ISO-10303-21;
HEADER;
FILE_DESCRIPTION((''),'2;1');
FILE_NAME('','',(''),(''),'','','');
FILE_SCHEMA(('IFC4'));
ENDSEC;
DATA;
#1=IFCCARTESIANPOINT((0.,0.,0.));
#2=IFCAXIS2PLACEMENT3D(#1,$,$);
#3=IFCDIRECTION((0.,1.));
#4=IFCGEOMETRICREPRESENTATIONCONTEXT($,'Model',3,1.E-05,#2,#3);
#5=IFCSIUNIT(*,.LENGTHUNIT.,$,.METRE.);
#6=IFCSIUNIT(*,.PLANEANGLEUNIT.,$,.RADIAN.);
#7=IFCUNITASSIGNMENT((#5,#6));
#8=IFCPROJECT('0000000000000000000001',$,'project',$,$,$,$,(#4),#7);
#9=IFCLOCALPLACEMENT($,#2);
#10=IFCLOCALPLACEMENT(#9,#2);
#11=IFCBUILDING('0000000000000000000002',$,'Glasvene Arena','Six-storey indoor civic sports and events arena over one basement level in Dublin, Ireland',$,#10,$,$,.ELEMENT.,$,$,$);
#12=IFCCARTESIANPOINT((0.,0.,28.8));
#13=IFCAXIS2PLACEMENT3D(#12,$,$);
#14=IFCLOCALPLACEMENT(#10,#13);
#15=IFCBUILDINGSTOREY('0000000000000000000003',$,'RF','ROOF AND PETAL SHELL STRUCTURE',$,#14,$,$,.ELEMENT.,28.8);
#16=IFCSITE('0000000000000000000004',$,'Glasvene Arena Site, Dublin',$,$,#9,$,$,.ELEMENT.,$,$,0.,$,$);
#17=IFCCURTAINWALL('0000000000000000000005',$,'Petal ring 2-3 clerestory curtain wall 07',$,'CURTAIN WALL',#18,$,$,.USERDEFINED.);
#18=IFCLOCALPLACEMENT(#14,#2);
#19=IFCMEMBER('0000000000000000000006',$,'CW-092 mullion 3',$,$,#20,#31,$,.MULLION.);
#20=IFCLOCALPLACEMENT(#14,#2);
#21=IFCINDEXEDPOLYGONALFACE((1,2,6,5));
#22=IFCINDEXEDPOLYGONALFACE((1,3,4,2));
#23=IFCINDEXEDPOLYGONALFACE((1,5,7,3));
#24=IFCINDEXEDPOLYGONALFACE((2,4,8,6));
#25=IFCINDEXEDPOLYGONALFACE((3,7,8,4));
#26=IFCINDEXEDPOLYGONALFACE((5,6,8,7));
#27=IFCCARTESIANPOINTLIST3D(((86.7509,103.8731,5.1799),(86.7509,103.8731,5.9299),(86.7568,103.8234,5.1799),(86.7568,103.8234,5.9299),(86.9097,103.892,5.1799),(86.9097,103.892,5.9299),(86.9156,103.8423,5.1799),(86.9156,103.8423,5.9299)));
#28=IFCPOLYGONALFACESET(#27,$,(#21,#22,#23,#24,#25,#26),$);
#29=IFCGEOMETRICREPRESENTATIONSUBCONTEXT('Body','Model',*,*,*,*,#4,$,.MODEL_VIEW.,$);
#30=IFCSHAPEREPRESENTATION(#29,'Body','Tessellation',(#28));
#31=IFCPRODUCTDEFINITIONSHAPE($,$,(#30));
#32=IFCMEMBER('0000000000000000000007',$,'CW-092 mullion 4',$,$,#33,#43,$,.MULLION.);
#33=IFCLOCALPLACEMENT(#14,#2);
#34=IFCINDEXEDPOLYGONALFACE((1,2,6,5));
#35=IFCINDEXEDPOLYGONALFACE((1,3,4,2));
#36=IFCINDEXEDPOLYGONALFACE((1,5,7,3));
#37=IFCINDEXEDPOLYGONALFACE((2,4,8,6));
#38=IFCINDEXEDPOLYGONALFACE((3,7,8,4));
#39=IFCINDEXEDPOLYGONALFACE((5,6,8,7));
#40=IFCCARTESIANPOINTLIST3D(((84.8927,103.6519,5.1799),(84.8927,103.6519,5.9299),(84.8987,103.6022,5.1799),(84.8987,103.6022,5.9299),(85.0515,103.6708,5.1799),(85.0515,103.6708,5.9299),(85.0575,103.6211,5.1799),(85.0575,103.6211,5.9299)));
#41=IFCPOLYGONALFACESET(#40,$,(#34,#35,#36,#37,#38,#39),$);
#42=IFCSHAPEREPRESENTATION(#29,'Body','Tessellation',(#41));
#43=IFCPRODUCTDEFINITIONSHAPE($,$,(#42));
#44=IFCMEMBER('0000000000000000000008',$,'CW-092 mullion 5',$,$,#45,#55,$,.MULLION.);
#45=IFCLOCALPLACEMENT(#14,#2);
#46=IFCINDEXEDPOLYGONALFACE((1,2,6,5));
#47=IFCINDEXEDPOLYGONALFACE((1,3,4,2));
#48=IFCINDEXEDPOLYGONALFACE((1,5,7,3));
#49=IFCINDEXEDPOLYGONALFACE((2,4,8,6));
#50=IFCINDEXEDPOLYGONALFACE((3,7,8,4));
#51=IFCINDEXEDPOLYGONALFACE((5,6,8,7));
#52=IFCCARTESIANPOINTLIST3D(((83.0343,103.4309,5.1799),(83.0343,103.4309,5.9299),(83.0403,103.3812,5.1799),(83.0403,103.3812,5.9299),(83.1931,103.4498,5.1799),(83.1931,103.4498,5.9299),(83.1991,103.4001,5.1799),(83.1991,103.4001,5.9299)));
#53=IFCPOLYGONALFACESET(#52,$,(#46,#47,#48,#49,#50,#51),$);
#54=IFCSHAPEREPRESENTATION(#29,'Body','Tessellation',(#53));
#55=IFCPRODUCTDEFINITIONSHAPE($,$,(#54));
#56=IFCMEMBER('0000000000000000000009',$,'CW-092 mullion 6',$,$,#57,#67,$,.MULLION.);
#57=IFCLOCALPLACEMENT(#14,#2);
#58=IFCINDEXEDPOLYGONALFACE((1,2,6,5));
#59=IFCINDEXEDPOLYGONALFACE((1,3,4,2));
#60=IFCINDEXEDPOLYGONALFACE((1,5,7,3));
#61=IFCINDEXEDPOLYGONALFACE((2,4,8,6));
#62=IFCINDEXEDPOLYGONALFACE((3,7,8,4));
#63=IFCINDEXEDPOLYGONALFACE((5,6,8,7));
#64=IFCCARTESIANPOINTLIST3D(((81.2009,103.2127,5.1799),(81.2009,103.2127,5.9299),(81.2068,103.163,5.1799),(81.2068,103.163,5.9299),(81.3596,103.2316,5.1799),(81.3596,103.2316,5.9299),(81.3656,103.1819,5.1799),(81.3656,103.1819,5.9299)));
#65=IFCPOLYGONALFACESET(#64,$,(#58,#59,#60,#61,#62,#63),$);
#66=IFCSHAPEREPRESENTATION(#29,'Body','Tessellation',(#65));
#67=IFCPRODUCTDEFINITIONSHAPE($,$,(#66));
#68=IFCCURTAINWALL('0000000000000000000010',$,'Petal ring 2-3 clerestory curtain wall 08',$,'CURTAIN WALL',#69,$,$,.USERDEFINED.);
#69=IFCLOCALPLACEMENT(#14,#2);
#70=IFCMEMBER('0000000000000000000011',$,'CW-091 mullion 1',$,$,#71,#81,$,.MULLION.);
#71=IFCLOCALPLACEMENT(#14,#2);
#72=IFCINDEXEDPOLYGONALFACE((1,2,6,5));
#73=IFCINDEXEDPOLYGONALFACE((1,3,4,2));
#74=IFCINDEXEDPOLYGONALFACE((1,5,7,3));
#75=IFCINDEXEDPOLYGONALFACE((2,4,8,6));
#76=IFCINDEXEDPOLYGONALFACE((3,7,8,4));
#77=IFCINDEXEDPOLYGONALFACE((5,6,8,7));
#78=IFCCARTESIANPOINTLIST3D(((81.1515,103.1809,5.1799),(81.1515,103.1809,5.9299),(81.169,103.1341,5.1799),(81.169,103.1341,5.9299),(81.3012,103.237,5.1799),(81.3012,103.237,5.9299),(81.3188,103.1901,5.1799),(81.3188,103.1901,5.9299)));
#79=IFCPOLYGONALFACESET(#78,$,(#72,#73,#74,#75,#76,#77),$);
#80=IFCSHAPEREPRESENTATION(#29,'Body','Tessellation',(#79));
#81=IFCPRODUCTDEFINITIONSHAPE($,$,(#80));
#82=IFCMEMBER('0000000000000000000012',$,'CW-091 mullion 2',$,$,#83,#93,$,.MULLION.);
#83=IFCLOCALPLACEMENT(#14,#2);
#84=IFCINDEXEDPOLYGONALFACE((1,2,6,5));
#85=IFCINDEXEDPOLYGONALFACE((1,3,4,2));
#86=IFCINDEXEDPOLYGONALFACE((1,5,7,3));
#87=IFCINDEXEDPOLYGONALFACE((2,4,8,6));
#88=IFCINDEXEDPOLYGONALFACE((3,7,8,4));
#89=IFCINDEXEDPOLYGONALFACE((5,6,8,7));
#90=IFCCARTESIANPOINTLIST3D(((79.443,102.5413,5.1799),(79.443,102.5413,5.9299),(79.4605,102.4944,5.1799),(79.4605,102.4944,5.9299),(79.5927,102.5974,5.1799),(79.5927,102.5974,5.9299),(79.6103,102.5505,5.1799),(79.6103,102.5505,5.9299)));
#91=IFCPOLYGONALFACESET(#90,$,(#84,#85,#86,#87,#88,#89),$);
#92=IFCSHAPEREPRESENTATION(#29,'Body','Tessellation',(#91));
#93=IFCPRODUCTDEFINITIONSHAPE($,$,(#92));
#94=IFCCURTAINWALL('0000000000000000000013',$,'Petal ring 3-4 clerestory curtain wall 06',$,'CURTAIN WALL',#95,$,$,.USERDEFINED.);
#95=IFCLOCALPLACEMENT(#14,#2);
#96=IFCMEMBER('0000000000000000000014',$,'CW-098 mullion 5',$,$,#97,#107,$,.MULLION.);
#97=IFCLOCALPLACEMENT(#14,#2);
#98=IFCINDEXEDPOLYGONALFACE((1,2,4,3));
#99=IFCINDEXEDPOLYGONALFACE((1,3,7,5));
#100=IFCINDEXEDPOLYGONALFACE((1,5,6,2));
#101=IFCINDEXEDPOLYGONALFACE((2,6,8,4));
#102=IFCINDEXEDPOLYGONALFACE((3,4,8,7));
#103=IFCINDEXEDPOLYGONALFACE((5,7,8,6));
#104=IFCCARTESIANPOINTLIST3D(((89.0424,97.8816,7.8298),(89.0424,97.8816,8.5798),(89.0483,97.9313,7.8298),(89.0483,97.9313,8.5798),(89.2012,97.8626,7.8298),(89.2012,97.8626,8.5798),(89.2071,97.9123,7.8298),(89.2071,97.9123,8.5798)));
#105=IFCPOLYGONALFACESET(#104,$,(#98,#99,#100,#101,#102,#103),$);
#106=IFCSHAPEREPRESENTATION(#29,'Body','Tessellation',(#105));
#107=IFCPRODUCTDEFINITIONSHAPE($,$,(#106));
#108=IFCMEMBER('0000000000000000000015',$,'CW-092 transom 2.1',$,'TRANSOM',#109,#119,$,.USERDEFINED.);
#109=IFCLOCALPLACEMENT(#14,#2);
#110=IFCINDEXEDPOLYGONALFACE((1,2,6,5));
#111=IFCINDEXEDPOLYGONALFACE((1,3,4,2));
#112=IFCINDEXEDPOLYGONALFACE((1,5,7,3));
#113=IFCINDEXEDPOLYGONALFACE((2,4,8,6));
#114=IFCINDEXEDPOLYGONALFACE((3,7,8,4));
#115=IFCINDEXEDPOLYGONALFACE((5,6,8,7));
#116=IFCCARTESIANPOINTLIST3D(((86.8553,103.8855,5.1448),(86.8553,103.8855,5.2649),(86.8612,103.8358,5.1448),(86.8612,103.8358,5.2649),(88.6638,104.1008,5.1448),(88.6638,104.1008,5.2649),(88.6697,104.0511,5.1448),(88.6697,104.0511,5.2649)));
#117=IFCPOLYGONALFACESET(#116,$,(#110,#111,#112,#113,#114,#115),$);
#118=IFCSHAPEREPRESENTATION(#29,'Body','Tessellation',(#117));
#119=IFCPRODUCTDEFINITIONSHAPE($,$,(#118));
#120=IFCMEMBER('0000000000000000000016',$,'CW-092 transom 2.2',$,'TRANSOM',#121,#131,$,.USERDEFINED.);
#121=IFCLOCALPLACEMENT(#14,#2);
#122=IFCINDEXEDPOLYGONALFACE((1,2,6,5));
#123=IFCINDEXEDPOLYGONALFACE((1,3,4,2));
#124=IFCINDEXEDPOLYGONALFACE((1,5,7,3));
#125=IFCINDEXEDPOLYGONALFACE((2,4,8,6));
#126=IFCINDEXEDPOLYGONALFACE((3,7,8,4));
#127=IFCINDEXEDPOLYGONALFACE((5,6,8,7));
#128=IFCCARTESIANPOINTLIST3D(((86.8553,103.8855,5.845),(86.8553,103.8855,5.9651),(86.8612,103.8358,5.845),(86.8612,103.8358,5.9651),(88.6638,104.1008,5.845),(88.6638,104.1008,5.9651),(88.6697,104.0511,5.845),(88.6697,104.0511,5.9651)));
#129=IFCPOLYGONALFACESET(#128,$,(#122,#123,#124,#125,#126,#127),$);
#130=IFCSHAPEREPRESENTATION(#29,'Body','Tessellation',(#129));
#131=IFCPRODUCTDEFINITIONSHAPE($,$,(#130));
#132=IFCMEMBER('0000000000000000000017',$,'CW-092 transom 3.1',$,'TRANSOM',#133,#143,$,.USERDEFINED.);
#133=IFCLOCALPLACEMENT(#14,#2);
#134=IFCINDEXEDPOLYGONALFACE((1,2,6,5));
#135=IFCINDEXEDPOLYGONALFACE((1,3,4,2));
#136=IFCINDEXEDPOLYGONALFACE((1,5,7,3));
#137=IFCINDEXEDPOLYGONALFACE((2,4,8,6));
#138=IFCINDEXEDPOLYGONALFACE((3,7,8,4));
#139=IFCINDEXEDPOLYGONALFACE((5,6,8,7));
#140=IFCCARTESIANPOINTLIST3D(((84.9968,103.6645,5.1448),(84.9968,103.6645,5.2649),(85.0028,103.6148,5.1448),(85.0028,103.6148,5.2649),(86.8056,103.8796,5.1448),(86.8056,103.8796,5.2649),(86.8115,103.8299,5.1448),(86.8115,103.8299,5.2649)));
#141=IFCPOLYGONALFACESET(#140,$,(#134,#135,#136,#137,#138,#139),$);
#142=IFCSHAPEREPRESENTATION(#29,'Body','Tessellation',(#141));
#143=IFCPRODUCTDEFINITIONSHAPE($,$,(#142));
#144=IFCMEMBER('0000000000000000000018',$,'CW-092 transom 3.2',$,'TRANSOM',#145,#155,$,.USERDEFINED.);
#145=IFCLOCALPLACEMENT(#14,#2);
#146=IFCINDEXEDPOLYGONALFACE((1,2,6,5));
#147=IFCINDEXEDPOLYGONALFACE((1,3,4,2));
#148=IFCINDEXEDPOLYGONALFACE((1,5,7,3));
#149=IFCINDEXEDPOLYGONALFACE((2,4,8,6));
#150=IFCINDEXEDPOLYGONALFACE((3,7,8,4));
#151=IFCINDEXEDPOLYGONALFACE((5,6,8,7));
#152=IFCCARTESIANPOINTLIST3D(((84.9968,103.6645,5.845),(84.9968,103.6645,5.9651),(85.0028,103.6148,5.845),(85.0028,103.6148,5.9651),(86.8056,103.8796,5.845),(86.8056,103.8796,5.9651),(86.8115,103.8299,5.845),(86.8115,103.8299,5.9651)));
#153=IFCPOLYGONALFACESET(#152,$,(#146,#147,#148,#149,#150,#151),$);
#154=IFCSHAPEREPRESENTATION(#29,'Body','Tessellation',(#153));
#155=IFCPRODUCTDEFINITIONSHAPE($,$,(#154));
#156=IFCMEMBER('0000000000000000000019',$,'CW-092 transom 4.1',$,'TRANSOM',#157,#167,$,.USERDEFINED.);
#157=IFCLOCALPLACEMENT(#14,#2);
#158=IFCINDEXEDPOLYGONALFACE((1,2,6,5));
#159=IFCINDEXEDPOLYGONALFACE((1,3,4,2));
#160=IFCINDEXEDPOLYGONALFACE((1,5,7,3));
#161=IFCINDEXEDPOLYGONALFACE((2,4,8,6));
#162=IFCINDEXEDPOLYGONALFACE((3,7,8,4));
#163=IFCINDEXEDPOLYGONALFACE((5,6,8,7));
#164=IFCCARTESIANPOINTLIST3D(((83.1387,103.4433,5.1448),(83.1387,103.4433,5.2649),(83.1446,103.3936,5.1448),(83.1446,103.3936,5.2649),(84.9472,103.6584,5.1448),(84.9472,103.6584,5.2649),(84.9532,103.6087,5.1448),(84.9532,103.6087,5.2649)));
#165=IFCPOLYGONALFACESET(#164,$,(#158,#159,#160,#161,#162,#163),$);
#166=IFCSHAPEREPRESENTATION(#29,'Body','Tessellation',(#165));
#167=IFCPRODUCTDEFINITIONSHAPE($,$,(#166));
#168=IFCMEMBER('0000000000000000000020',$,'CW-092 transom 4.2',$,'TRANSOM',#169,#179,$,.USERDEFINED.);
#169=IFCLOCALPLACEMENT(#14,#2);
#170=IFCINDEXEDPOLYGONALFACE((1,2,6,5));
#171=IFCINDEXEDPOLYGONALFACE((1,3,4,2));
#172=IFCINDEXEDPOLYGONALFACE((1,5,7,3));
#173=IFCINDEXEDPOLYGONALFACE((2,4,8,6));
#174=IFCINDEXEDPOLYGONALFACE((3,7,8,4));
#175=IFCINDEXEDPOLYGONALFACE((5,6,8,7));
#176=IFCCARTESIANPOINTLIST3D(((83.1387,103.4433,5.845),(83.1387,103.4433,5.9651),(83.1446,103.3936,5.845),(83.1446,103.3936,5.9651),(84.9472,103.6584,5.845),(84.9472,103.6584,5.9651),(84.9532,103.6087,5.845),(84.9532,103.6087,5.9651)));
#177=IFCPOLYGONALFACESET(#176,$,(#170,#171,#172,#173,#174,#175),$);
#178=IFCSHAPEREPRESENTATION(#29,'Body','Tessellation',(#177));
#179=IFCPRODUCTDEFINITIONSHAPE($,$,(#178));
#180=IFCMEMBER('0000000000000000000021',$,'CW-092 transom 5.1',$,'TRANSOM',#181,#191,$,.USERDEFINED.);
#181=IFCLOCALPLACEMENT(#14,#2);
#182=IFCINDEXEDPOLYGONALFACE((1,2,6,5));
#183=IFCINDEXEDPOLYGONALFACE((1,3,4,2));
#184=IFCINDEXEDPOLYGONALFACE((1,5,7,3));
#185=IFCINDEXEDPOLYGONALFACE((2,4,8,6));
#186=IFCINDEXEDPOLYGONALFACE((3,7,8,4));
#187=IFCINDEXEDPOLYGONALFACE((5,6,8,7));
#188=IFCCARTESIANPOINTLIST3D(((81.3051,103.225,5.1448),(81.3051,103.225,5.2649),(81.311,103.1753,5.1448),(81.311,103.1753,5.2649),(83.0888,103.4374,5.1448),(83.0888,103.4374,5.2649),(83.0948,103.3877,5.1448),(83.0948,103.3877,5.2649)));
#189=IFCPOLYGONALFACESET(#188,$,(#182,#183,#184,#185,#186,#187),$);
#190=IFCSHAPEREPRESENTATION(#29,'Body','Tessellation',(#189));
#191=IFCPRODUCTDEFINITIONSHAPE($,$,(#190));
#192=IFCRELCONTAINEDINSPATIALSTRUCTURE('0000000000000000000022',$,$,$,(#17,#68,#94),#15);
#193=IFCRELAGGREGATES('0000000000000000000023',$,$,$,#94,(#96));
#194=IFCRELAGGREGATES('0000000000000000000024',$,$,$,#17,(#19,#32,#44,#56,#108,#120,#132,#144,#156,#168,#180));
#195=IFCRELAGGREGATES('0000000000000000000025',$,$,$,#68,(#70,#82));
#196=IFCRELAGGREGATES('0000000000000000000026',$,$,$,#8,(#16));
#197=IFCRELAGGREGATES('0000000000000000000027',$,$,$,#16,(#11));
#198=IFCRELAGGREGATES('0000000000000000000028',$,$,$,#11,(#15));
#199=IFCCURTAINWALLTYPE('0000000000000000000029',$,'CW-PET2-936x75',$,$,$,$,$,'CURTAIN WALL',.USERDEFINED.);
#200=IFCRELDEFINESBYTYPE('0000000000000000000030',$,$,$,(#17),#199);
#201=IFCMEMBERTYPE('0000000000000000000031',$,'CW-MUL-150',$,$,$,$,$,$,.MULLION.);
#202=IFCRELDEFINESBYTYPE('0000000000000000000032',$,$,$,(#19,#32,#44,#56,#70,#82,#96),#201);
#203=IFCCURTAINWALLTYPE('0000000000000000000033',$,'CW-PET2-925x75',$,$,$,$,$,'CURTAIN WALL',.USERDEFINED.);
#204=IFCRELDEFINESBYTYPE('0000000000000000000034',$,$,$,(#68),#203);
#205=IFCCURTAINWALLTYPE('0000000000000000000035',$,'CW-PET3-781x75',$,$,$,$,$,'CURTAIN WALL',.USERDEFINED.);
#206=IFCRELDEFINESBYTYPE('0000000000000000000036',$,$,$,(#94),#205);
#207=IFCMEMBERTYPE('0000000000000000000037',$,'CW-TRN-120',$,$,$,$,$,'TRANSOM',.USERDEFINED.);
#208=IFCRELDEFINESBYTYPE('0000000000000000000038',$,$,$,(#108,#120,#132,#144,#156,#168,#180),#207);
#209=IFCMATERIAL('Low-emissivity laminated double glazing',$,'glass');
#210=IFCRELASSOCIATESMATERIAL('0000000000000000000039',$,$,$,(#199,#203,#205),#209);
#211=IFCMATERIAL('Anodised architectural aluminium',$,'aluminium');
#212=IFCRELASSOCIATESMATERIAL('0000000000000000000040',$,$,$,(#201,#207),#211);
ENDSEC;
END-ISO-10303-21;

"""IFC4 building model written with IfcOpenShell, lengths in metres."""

from ifc_helpers import new_model, si_unit, direction, frame, origin, origin_2d, place, context, subcontext, project, spatial, rectangle, extrude, material, material_profile, profile_set, type_object, element, aggregate, save


model = new_model("IFC4")

# Units and contexts
model_context = context("Model", 3, precision=1e-05, world=origin(), true_north=direction((0.0, 1.0)))
body_context = subcontext(model_context, "Body", "Model", "MODEL_VIEW")
ifc_project = project(units=[si_unit("LENGTHUNIT", "METRE"), si_unit("PLANEANGLEUNIT", "RADIAN")], contexts=[model_context])

# Site, building, storey
site_placement = place(None, origin())
site = spatial("IfcSite", under=ifc_project, at=site_placement, Name="Glasvene Arena Site, Dublin", CompositionType="ELEMENT", RefElevation=0.0)
building_placement = place(site_placement, origin())
building = spatial("IfcBuilding", under=site, at=building_placement, Name="Glasvene Arena", Description="Six-storey indoor civic sports and events arena over one basement level in Dublin, Ireland", CompositionType="ELEMENT")
storey_placement = place(building_placement, frame((0.0, 0.0, 28.8)))
storey = spatial("IfcBuildingStorey", under=building, at=storey_placement, Name="RF", Description="ROOF AND PETAL SHELL STRUCTURE", CompositionType="ELEMENT", Elevation=28.8)

# Curtain walls, members
ifc_material_1 = material(Name="Low-emissivity laminated double glazing", Category="glass")
curtain_wall_type_1 = type_object("IfcCurtainWallType", Name="CW-PET2-936x75", ElementType="CURTAIN WALL", PredefinedType="USERDEFINED", material=ifc_material_1)
curtain_wall_1_placement = place(storey_placement, frame((90.55, 104.3, 0.0)))
curtain_wall_1 = element("IfcCurtainWall", 1, at=curtain_wall_1_placement, inside=storey, type_object=curtain_wall_type_1, Name="Petal ring 2-3 clerestory curtain wall 07", ObjectType="CURTAIN WALL", PredefinedType="USERDEFINED")
ifc_material_2 = material(Name="Anodised architectural aluminium", Category="aluminium")
ifc_material_profile_1 = material_profile(ifc_material_2, rectangle(XDim=0.05, YDim=0.1599, at=origin_2d()), Name="ALU MULLION 50x160")
ifc_profile_set_1 = profile_set([ifc_material_profile_1], Name="Anodised architectural aluminium")
member_type_1 = type_object("IfcMemberType", Name="CW-MUL-150", PredefinedType="MULLION", material=ifc_profile_set_1)
member_1_placement = place(storey_placement, frame((86.8333, 103.8577, 5.1799), z_axis=(0.0, 0.0, 1.0), x_axis=(0.118166, -0.992994, 0.0)))
member_1 = element("IfcMember", 2, at=member_1_placement, type_object=member_type_1, Name="CW-092 mullion 3", PredefinedType="MULLION", context=body_context, shape_type="SweptSolid", body=[
    extrude(rectangle(XDim=0.05, YDim=0.1599, at=origin_2d()), origin(), (0.0, 0.0, 1.0), 0.75),
])
member_2_placement = place(storey_placement, frame((84.9751, 103.6365, 5.1799), z_axis=(0.0, 0.0, 1.0), x_axis=(0.118166, -0.992994, 0.0)))
member_2 = element("IfcMember", 3, at=member_2_placement, type_object=member_type_1, Name="CW-092 mullion 4", PredefinedType="MULLION", context=body_context, shape_type="SweptSolid", body=[
    extrude(rectangle(XDim=0.05, YDim=0.1599, at=origin_2d()), origin(), (0.0, 0.0, 1.0), 0.75),
])
member_3_placement = place(storey_placement, frame((83.1167, 103.4155, 5.1799), z_axis=(0.0, 0.0, 1.0), x_axis=(0.118166, -0.992994, 0.0)))
member_3 = element("IfcMember", 4, at=member_3_placement, type_object=member_type_1, Name="CW-092 mullion 5", PredefinedType="MULLION", context=body_context, shape_type="SweptSolid", body=[
    extrude(rectangle(XDim=0.05, YDim=0.1599, at=origin_2d()), origin(), (0.0, 0.0, 1.0), 0.75),
])
member_4_placement = place(storey_placement, frame((81.2832, 103.1973, 5.1799), z_axis=(0.0, 0.0, 1.0), x_axis=(0.118166, -0.992994, 0.0)))
member_4 = element("IfcMember", 5, at=member_4_placement, type_object=member_type_1, Name="CW-092 mullion 6", PredefinedType="MULLION", context=body_context, shape_type="SweptSolid", body=[
    extrude(rectangle(XDim=0.05, YDim=0.1599, at=origin_2d()), origin(), (0.0, 0.0, 1.0), 0.75),
])
curtain_wall_type_2 = type_object("IfcCurtainWallType", Name="CW-PET2-925x75", ElementType="CURTAIN WALL", PredefinedType="USERDEFINED", material=ifc_material_1)
curtain_wall_2_placement = place(storey_placement, frame((81.2583, 103.1943, 0.0)))
curtain_wall_2 = element("IfcCurtainWall", 6, at=curtain_wall_2_placement, inside=storey, type_object=curtain_wall_type_2, Name="Petal ring 2-3 clerestory curtain wall 08", ObjectType="CURTAIN WALL", PredefinedType="USERDEFINED")
member_5_placement = place(storey_placement, frame((81.2351, 103.1855, 5.1799), z_axis=(0.0, 0.0, 1.0), x_axis=(0.35064, -0.93651, 0.0)))
member_5 = element("IfcMember", 7, at=member_5_placement, type_object=member_type_1, Name="CW-091 mullion 1", PredefinedType="MULLION", context=body_context, shape_type="SweptSolid", body=[
    extrude(rectangle(XDim=0.05, YDim=0.1599, at=origin_2d()), origin(), (0.0, 0.0, 1.0), 0.75),
])
member_6_placement = place(storey_placement, frame((79.5266, 102.5459, 5.1799), z_axis=(0.0, 0.0, 1.0), x_axis=(0.35064, -0.93651, 0.0)))
member_6 = element("IfcMember", 8, at=member_6_placement, type_object=member_type_1, Name="CW-091 mullion 2", PredefinedType="MULLION", context=body_context, shape_type="SweptSolid", body=[
    extrude(rectangle(XDim=0.05, YDim=0.1599, at=origin_2d()), origin(), (0.0, 0.0, 1.0), 0.75),
])

# Curtain wall, member
curtain_wall_type_3 = type_object("IfcCurtainWallType", Name="CW-PET3-781x75", ElementType="CURTAIN WALL", PredefinedType="USERDEFINED", material=ifc_material_1)
curtain_wall_3_placement = place(storey_placement, frame((96.8516, 96.9731, 0.0)))
curtain_wall_3 = element("IfcCurtainWall", 9, at=curtain_wall_3_placement, inside=storey, type_object=curtain_wall_type_3, Name="Petal ring 3-4 clerestory curtain wall 06", ObjectType="CURTAIN WALL", PredefinedType="USERDEFINED")
member_7_placement = place(storey_placement, frame((89.1248, 97.897, 7.8298), z_axis=(0.0, 0.0, 1.0), x_axis=(-0.118717, -0.992928, 0.0)))
member_7 = element("IfcMember", 10, at=member_7_placement, type_object=member_type_1, Name="CW-098 mullion 5", PredefinedType="MULLION", context=body_context, shape_type="SweptSolid", body=[
    extrude(rectangle(XDim=0.05, YDim=0.1599, at=origin_2d()), origin(), (0.0, 0.0, 1.0), 0.75),
])
aggregate(curtain_wall_3, [member_7])

# Members
ifc_material_profile_2 = material_profile(ifc_material_2, rectangle(XDim=0.05, YDim=0.1201, at=origin_2d()), Name="ALU TRANSOM 50x120")
ifc_profile_set_2 = profile_set([ifc_material_profile_2], Name="Anodised architectural aluminium")
member_type_2 = type_object("IfcMemberType", Name="CW-TRN-120", ElementType="TRANSOM", PredefinedType="USERDEFINED", material=ifc_profile_set_2)
member_8_placement = place(storey_placement, frame((88.6667, 104.0759, 5.2048), z_axis=(-0.992987, -0.118225, 0.0), x_axis=(0.118225, -0.992987, 0.0)))
member_8 = element("IfcMember", 11, at=member_8_placement, type_object=member_type_2, Name="CW-092 transom 2.1", ObjectType="TRANSOM", PredefinedType="USERDEFINED", context=body_context, shape_type="SweptSolid", body=[
    extrude(rectangle(XDim=0.05, YDim=0.1201, at=origin_2d()), origin(), (0.0, 0.0, 1.0), 1.8213),
])
member_9_placement = place(storey_placement, frame((88.6667, 104.0759, 5.905), z_axis=(-0.992987, -0.118225, 0.0), x_axis=(0.118225, -0.992987, 0.0)))
member_9 = element("IfcMember", 12, at=member_9_placement, type_object=member_type_2, Name="CW-092 transom 2.2", ObjectType="TRANSOM", PredefinedType="USERDEFINED", context=body_context, shape_type="SweptSolid", body=[
    extrude(rectangle(XDim=0.05, YDim=0.1201, at=origin_2d()), origin(), (0.0, 0.0, 1.0), 1.8213),
])
member_10_placement = place(storey_placement, frame((86.8086, 103.8547, 5.2048), z_axis=(-0.993004, -0.118078, 0.0), x_axis=(0.118078, -0.993004, 0.0)))
member_10 = element("IfcMember", 13, at=member_10_placement, type_object=member_type_2, Name="CW-092 transom 3.1", ObjectType="TRANSOM", PredefinedType="USERDEFINED", context=body_context, shape_type="SweptSolid", body=[
    extrude(rectangle(XDim=0.05, YDim=0.1201, at=origin_2d()), origin(), (0.0, 0.0, 1.0), 1.8215),
])
member_11_placement = place(storey_placement, frame((86.8086, 103.8547, 5.905), z_axis=(-0.993004, -0.118078, 0.0), x_axis=(0.118078, -0.993004, 0.0)))
member_11 = element("IfcMember", 14, at=member_11_placement, type_object=member_type_2, Name="CW-092 transom 3.2", ObjectType="TRANSOM", PredefinedType="USERDEFINED", context=body_context, shape_type="SweptSolid", body=[
    extrude(rectangle(XDim=0.05, YDim=0.1201, at=origin_2d()), origin(), (0.0, 0.0, 1.0), 1.8215),
])
member_12_placement = place(storey_placement, frame((84.9502, 103.6335, 5.2048), z_axis=(-0.993003, -0.118093, 0.0), x_axis=(0.118093, -0.993003, 0.0)))
member_12 = element("IfcMember", 15, at=member_12_placement, type_object=member_type_2, Name="CW-092 transom 4.1", ObjectType="TRANSOM", PredefinedType="USERDEFINED", context=body_context, shape_type="SweptSolid", body=[
    extrude(rectangle(XDim=0.05, YDim=0.1201, at=origin_2d()), origin(), (0.0, 0.0, 1.0), 1.8213),
])
member_13_placement = place(storey_placement, frame((84.9502, 103.6335, 5.905), z_axis=(-0.993003, -0.118093, 0.0), x_axis=(0.118093, -0.993003, 0.0)))
member_13 = element("IfcMember", 16, at=member_13_placement, type_object=member_type_2, Name="CW-092 transom 4.2", ObjectType="TRANSOM", PredefinedType="USERDEFINED", context=body_context, shape_type="SweptSolid", body=[
    extrude(rectangle(XDim=0.05, YDim=0.1201, at=origin_2d()), origin(), (0.0, 0.0, 1.0), 1.8213),
])
member_14_placement = place(storey_placement, frame((83.0918, 103.4126, 5.2048), z_axis=(-0.992984, -0.118245, 0.0), x_axis=(0.118245, -0.992984, 0.0)))
member_14 = element("IfcMember", 17, at=member_14_placement, type_object=member_type_2, Name="CW-092 transom 5.1", ObjectType="TRANSOM", PredefinedType="USERDEFINED", context=body_context, shape_type="SweptSolid", body=[
    extrude(rectangle(XDim=0.05, YDim=0.1201, at=origin_2d()), origin(), (0.0, 0.0, 1.0), 1.7964),
])

aggregate(curtain_wall_1, [member_1, member_2, member_3, member_4, member_8, member_9, member_10, member_11, member_12, member_13, member_14])
aggregate(curtain_wall_2, [member_5, member_6])

save(model, "model.ifc")
